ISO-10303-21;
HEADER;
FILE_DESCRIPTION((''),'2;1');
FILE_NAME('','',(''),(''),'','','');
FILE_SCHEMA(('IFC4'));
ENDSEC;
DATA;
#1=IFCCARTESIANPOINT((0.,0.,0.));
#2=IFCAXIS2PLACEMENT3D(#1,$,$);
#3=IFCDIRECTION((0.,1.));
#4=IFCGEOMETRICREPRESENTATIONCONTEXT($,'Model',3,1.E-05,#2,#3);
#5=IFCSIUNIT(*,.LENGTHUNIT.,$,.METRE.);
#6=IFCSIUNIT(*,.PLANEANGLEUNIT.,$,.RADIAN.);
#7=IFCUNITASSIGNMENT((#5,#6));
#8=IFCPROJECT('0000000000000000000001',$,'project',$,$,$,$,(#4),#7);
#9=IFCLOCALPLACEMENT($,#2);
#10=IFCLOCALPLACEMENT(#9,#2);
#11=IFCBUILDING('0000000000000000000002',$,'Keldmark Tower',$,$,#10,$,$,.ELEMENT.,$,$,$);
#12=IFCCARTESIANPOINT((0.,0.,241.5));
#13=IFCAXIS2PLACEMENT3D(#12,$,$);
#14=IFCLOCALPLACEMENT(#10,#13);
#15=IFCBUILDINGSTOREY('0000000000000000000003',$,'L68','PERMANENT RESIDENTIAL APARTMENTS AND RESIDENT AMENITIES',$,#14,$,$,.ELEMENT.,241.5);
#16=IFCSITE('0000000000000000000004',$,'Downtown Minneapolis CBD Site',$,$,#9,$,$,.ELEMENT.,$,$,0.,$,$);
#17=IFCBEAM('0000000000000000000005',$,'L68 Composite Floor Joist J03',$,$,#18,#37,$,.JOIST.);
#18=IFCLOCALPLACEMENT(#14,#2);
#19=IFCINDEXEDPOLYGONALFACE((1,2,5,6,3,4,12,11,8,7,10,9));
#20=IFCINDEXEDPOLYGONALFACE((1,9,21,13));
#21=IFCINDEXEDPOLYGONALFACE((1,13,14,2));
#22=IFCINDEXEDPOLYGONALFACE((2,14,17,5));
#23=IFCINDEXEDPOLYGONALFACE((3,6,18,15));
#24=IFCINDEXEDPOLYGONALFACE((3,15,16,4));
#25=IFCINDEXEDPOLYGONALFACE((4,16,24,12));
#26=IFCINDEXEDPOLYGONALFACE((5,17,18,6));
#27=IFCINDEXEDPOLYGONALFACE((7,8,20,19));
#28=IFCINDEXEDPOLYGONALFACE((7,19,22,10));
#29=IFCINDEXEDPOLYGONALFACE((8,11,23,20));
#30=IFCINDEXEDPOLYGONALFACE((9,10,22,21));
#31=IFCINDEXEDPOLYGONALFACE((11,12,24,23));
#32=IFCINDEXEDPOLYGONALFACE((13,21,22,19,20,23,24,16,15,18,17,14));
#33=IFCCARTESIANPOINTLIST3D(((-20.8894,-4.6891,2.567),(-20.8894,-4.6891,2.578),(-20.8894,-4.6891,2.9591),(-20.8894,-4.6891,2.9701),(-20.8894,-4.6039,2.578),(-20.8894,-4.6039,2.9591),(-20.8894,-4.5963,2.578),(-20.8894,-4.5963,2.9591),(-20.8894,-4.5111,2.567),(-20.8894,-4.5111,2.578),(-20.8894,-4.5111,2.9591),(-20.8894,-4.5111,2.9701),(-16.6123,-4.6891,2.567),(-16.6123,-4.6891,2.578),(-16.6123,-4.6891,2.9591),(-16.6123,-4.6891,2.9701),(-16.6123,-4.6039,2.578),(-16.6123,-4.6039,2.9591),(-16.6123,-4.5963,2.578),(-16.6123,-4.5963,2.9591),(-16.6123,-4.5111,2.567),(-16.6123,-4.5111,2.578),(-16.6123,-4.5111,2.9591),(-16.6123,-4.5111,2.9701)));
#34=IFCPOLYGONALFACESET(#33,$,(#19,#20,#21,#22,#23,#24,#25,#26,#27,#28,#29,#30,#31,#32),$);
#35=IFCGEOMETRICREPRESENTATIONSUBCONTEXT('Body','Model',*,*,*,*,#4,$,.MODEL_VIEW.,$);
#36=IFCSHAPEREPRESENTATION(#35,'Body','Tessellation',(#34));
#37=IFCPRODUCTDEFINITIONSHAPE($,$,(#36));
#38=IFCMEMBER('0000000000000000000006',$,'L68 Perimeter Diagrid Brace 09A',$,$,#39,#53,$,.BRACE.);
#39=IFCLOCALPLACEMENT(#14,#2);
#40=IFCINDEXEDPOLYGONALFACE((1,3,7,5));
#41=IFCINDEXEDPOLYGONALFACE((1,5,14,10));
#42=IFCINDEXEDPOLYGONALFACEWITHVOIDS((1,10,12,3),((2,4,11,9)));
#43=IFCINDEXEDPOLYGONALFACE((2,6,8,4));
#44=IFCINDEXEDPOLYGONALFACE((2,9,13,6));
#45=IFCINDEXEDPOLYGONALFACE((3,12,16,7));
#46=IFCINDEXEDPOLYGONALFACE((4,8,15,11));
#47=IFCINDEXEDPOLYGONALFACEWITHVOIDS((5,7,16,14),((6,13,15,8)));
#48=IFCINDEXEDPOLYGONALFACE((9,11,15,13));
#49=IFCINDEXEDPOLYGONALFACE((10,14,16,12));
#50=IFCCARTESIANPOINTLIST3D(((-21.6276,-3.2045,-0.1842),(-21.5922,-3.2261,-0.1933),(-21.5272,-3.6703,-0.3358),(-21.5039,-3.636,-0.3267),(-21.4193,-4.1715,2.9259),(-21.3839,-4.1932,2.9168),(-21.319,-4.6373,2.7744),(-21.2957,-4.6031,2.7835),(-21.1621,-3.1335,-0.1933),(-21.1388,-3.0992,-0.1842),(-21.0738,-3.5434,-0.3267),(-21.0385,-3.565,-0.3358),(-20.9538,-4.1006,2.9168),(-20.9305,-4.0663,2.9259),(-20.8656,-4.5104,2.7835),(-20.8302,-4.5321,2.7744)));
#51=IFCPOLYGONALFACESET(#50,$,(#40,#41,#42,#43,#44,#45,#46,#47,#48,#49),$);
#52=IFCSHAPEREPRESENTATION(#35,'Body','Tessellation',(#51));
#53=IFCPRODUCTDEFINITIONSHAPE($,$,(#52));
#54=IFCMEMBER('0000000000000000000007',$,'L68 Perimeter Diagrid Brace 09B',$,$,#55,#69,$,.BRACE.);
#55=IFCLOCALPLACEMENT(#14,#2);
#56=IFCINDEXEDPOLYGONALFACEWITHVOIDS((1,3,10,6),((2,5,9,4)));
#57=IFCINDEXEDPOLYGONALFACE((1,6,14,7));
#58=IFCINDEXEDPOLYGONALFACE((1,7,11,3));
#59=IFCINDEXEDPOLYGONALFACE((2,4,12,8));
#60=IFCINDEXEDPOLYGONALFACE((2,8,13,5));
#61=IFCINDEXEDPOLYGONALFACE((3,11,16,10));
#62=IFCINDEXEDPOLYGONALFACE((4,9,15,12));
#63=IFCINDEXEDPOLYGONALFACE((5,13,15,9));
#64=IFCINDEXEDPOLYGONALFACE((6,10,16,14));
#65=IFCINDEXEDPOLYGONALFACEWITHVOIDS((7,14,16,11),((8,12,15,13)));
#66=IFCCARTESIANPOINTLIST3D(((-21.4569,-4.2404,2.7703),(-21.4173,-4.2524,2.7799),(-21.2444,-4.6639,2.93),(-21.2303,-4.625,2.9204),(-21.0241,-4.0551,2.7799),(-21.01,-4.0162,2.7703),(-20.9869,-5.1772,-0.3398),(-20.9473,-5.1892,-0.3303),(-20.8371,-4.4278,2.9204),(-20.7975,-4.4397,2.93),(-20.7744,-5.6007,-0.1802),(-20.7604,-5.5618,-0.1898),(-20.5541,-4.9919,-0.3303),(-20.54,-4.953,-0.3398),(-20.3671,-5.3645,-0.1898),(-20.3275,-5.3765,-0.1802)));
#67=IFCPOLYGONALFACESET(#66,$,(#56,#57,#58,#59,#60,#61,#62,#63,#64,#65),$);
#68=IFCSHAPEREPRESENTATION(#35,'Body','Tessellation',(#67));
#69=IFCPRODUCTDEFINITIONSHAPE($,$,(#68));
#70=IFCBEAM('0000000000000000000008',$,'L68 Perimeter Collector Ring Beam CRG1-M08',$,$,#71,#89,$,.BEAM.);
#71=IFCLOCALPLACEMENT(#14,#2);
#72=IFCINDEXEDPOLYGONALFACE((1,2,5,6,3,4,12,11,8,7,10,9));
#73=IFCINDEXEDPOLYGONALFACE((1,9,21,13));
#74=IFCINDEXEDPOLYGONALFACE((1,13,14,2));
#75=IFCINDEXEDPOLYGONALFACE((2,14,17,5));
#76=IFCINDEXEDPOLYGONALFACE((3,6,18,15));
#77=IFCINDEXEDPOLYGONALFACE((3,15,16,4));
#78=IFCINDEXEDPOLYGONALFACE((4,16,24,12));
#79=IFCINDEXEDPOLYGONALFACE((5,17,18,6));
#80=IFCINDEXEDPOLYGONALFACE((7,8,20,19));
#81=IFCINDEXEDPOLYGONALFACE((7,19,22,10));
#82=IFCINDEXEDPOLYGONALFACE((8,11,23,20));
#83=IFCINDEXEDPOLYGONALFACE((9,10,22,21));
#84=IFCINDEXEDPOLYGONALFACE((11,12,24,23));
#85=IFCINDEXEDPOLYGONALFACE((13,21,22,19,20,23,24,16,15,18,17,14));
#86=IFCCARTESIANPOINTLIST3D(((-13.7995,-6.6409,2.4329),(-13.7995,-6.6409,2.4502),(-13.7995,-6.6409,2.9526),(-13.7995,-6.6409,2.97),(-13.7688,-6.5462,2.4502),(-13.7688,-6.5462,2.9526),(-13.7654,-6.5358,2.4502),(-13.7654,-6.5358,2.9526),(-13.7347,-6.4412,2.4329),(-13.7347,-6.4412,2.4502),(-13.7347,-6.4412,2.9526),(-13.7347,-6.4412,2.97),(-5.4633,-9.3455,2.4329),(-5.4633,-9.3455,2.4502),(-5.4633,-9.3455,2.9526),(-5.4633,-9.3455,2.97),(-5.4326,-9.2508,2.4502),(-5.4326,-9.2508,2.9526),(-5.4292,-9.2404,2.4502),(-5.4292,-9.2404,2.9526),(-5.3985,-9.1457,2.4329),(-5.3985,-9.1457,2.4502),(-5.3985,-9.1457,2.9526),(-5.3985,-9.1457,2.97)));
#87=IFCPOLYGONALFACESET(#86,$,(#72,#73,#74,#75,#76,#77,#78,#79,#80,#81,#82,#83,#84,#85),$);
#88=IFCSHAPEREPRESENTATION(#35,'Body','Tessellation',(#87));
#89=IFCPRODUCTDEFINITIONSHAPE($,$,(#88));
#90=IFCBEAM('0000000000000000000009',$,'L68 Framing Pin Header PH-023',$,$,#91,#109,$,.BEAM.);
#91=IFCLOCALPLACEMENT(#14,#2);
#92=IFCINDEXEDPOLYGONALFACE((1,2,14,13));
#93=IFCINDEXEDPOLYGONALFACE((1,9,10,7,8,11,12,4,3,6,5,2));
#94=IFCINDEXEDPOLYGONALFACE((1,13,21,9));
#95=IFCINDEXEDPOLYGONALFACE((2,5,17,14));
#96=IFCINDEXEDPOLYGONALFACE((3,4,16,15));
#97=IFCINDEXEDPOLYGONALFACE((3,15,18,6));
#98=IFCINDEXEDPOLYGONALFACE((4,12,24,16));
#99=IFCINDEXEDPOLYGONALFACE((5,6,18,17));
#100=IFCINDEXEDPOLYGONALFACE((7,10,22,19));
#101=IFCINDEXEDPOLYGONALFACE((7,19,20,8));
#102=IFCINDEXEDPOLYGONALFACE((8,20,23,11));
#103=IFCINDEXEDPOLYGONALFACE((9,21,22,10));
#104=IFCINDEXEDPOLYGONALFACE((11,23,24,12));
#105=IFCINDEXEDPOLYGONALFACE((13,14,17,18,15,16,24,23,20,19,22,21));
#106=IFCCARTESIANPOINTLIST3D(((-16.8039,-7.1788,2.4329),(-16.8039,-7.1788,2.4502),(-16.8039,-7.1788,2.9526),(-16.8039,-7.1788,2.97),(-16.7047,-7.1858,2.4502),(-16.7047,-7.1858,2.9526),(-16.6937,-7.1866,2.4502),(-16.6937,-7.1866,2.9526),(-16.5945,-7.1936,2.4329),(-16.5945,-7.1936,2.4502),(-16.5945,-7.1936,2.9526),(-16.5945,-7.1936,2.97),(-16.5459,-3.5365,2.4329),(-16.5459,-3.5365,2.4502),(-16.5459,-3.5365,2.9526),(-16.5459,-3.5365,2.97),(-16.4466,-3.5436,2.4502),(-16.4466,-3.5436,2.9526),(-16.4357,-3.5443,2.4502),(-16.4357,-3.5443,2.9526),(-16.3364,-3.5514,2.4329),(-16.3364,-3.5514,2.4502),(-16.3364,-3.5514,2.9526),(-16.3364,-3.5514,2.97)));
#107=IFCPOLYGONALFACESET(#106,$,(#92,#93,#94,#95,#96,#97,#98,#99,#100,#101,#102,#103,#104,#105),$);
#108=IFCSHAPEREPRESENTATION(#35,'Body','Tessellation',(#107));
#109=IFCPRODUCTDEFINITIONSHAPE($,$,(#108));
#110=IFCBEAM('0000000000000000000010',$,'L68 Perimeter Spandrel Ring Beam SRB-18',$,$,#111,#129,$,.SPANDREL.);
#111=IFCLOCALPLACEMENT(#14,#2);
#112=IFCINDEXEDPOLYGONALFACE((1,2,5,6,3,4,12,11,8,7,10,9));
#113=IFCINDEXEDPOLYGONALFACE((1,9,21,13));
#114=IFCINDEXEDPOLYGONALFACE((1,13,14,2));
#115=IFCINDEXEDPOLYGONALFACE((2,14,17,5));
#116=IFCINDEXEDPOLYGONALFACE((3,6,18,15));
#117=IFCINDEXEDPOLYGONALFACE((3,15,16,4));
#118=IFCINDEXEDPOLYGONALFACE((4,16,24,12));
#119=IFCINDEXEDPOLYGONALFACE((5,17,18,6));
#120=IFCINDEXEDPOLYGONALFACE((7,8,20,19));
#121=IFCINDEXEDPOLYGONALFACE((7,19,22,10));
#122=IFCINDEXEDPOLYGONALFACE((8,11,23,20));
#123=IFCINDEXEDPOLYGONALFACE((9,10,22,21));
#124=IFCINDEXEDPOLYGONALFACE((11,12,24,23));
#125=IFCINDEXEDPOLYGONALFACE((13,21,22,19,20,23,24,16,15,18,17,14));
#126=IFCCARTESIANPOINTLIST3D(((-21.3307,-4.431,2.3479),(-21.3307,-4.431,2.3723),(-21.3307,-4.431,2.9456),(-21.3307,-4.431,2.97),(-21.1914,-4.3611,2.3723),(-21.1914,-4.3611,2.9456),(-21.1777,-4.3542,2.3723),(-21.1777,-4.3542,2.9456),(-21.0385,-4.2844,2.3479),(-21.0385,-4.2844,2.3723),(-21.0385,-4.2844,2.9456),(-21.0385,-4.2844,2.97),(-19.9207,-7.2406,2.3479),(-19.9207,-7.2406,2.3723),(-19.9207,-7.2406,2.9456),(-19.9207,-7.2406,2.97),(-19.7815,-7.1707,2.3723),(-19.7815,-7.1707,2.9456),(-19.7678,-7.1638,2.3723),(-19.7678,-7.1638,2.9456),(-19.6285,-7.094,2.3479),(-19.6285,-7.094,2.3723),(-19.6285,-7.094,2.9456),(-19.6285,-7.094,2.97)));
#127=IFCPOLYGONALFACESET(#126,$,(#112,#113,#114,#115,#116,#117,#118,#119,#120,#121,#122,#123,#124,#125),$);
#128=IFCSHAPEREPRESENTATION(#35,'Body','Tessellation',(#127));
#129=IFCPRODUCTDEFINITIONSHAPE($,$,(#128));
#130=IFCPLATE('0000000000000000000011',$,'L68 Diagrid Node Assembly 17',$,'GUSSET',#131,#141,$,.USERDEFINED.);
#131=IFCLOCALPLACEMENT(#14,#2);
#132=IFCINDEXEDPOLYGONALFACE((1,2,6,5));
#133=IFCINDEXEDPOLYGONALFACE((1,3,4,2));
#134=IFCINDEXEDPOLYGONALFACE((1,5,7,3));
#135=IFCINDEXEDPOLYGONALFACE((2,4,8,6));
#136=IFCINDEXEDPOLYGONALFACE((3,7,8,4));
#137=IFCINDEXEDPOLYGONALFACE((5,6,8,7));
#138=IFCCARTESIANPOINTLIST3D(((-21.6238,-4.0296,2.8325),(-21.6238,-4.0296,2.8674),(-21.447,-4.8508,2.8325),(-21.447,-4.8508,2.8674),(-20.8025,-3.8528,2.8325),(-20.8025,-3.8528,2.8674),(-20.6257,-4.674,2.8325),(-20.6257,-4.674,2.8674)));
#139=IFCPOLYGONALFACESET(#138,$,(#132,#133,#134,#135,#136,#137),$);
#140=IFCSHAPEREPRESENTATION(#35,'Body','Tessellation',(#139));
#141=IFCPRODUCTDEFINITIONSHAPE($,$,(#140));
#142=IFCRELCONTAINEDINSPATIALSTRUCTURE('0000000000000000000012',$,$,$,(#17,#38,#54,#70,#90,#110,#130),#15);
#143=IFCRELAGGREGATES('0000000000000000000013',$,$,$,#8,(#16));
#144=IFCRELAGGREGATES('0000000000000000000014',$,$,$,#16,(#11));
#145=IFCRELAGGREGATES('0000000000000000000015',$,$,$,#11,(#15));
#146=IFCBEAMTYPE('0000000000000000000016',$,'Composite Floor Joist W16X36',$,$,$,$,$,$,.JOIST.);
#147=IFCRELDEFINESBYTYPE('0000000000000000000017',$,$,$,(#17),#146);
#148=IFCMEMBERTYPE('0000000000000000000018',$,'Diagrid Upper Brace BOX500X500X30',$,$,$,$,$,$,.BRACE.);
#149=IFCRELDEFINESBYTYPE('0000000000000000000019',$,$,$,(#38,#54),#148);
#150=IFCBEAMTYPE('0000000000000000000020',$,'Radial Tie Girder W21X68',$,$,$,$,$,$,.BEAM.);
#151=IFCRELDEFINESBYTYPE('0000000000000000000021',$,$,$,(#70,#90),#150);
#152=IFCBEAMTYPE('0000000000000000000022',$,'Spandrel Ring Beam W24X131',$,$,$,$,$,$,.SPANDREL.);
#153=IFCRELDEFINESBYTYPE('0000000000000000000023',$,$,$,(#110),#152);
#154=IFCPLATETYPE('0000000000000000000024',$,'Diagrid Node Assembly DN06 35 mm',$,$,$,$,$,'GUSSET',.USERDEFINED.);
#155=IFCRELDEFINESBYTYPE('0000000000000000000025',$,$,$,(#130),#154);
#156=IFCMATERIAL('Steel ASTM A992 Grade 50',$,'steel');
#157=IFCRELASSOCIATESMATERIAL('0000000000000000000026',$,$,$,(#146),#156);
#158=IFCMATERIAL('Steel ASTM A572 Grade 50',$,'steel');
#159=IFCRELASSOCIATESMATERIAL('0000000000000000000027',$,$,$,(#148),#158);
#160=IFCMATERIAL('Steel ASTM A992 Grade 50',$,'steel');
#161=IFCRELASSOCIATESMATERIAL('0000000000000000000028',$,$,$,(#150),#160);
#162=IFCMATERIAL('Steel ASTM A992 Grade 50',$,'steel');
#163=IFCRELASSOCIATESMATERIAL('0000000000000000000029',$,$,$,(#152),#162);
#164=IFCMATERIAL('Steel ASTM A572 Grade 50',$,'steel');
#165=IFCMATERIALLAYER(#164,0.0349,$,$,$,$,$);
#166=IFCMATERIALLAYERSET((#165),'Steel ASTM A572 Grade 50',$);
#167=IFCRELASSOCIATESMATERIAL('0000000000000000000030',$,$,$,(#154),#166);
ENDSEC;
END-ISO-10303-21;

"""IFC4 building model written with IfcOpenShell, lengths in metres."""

from ifc_helpers import new_model, si_unit, direction, frame, origin, origin_2d, place, context, subcontext, project, spatial, rectangle, hollow_rectangle, i_section, extrude, material, layer, layer_set, material_profile, profile_set, type_object, element, save


model = new_model("IFC4")

# Units and contexts
model_context = context("Model", 3, precision=1e-05, world=origin(), true_north=direction((0.0, 1.0)))
body_context = subcontext(model_context, "Body", "Model", "MODEL_VIEW")
ifc_project = project(units=[si_unit("LENGTHUNIT", "METRE"), si_unit("PLANEANGLEUNIT", "RADIAN")], contexts=[model_context])

# Site, building, storey
site_placement = place(None, origin())
site = spatial("IfcSite", under=ifc_project, at=site_placement, Name="Downtown Minneapolis CBD Site", CompositionType="ELEMENT", RefElevation=0.0)
building_placement = place(site_placement, origin())
building = spatial("IfcBuilding", under=site, at=building_placement, Name="Keldmark Tower", CompositionType="ELEMENT")
storey_placement = place(building_placement, frame((0.0, 0.0, 241.5)))
storey = spatial("IfcBuildingStorey", under=building, at=storey_placement, Name="L68", Description="PERMANENT RESIDENTIAL APARTMENTS AND RESIDENT AMENITIES", CompositionType="ELEMENT", Elevation=241.5)

# Beam
ifc_material_1 = material(Name="Steel ASTM A992 Grade 50", Category="steel")
ifc_material_profile_1 = material_profile(ifc_material_1, i_section(OverallWidth=0.178, OverallDepth=0.4031, WebThickness=0.0076, FlangeThickness=0.011, at=origin_2d()), Name="W16X36")
ifc_profile_set_1 = profile_set([ifc_material_profile_1], Name="Steel ASTM A992 Grade 50")
beam_type_1 = type_object("IfcBeamType", Name="Composite Floor Joist W16X36", PredefinedType="JOIST", material=ifc_profile_set_1)
beam_1_placement = place(storey_placement, frame((-20.8894, -4.6001, 2.7686), z_axis=(1.0, 0.0, 0.0), x_axis=(0.0, 1.0, 0.0)))
element("IfcBeam", 1, at=beam_1_placement, inside=storey, type_object=beam_type_1, Name="L68 Composite Floor Joist J03", PredefinedType="JOIST", context=body_context, shape_type="SweptSolid", body=[
    extrude(i_section(OverallWidth=0.178, OverallDepth=0.4031, WebThickness=0.0076, FlangeThickness=0.011, at=origin_2d()), origin(), (0.0, 0.0, 1.0), 4.2771),
])

# Members
ifc_material_2 = material(Name="Steel ASTM A572 Grade 50", Category="steel")
ifc_material_profile_2 = material_profile(ifc_material_2, hollow_rectangle(XDim=0.5, YDim=0.5, WallThickness=0.03, at=origin_2d()), Name="BOX500X500X30")
ifc_profile_set_2 = profile_set([ifc_material_profile_2], Name="Steel ASTM A572 Grade 50")
member_type = type_object("IfcMemberType", Name="Diagrid Upper Brace BOX500X500X30", PredefinedType="BRACE", material=ifc_profile_set_2)
member_1_placement = place(storey_placement, frame((-21.333, -3.3848, -0.26), z_axis=(0.06381, -0.296308, 0.952958), x_axis=(0.977589, 0.210523, 0.0)))
element("IfcMember", 2, at=member_1_placement, inside=storey, type_object=member_type, Name="L68 Perimeter Diagrid Brace 09A", PredefinedType="BRACE", context=body_context, shape_type="SweptSolid", body=[
    extrude(hollow_rectangle(XDim=0.5, YDim=0.5, WallThickness=0.03, at=origin_2d()), origin(), (0.0, 0.0, 1.0), 3.2637),
])
member_2_placement = place(storey_placement, frame((-20.6572, -5.2769, -0.26), z_axis=(-0.143199, 0.28543, 0.947641), x_axis=(-0.893821, -0.448425, 0.0)))
element("IfcMember", 3, at=member_2_placement, inside=storey, type_object=member_type, Name="L68 Perimeter Diagrid Brace 09B", PredefinedType="BRACE", context=body_context, shape_type="SweptSolid", body=[
    extrude(hollow_rectangle(XDim=0.5, YDim=0.5, WallThickness=0.03, at=origin_2d()), origin(), (0.0, 0.0, 1.0), 3.282),
])

# Beams
ifc_material_3 = material(Name="Steel ASTM A992 Grade 50", Category="steel")
ifc_material_profile_3 = material_profile(ifc_material_3, i_section(OverallWidth=0.21, OverallDepth=0.5371, WebThickness=0.011, FlangeThickness=0.0173, at=origin_2d()), Name="W21X68")
ifc_profile_set_3 = profile_set([ifc_material_profile_3], Name="Steel ASTM A992 Grade 50")
beam_type_2 = type_object("IfcBeamType", Name="Radial Tie Girder W21X68", PredefinedType="BEAM", material=ifc_profile_set_3)
beam_2_placement = place(storey_placement, frame((-13.7671, -6.541, 2.7014), z_axis=(0.951191, -0.308604, 0.0), x_axis=(0.308604, 0.951191, 0.0)))
element("IfcBeam", 4, at=beam_2_placement, inside=storey, type_object=beam_type_2, Name="L68 Perimeter Collector Ring Beam CRG1-M08", PredefinedType="BEAM", context=body_context, shape_type="SweptSolid", body=[
    extrude(i_section(OverallWidth=0.21, OverallDepth=0.5371, WebThickness=0.011, FlangeThickness=0.0173, at=origin_2d()), origin(), (0.0, 0.0, 1.0), 8.7639),
])
beam_3_placement = place(storey_placement, frame((-16.4412, -3.5439, 2.7014), z_axis=(-0.070672, -0.9975, 0.0), x_axis=(0.9975, -0.070672, 0.0)))
element("IfcBeam", 5, at=beam_3_placement, inside=storey, type_object=beam_type_2, Name="L68 Framing Pin Header PH-023", PredefinedType="BEAM", context=body_context, shape_type="SweptSolid", body=[
    extrude(i_section(OverallWidth=0.21, OverallDepth=0.5371, WebThickness=0.011, FlangeThickness=0.0173, at=origin_2d()), origin(), (0.0, 0.0, 1.0), 3.6514),
])
ifc_material_4 = material(Name="Steel ASTM A992 Grade 50", Category="steel")
ifc_material_profile_4 = material_profile(ifc_material_4, i_section(OverallWidth=0.3269, OverallDepth=0.6221, WebThickness=0.0154, FlangeThickness=0.0244, at=origin_2d()), Name="W24X131")
ifc_profile_set_4 = profile_set([ifc_material_profile_4], Name="Steel ASTM A992 Grade 50")
beam_type_3 = type_object("IfcBeamType", Name="Spandrel Ring Beam W24X131", PredefinedType="SPANDREL", material=ifc_profile_set_4)
beam_4_placement = place(storey_placement, frame((-21.1846, -4.3577, 2.6589), z_axis=(0.448518, -0.893774, 0.0), x_axis=(0.893774, 0.448518, 0.0)))
element("IfcBeam", 6, at=beam_4_placement, inside=storey, type_object=beam_type_3, Name="L68 Perimeter Spandrel Ring Beam SRB-18", PredefinedType="SPANDREL", context=body_context, shape_type="SweptSolid", body=[
    extrude(i_section(OverallWidth=0.3269, OverallDepth=0.6221, WebThickness=0.0154, FlangeThickness=0.0244, at=origin_2d()), origin(), (0.0, 0.0, 1.0), 3.1436),
])

# Plate
ifc_material_5 = material(Name="Steel ASTM A572 Grade 50", Category="steel")
ifc_layer_1 = layer(ifc_material_5, 0.0349)
ifc_layer_set_1 = layer_set([ifc_layer_1], Name="Steel ASTM A572 Grade 50")
plate_type = type_object("IfcPlateType", Name="Diagrid Node Assembly DN06 35 mm", ElementType="GUSSET", PredefinedType="USERDEFINED", material=ifc_layer_set_1)
plate_placement = place(storey_placement, frame((-21.1248, -4.3518, 2.8325), z_axis=(0.0, 0.0, 1.0), x_axis=(0.210472, -0.9776, 0.0)))
element("IfcPlate", 7, at=plate_placement, inside=storey, type_object=plate_type, Name="L68 Diagrid Node Assembly 17", ObjectType="GUSSET", PredefinedType="USERDEFINED", context=body_context, shape_type="SweptSolid", body=[
    extrude(rectangle(XDim=0.8401, YDim=0.8401, at=origin_2d()), origin(), (0.0, 0.0, 1.0), 0.0349),
])

save(model, "model.ifc")
